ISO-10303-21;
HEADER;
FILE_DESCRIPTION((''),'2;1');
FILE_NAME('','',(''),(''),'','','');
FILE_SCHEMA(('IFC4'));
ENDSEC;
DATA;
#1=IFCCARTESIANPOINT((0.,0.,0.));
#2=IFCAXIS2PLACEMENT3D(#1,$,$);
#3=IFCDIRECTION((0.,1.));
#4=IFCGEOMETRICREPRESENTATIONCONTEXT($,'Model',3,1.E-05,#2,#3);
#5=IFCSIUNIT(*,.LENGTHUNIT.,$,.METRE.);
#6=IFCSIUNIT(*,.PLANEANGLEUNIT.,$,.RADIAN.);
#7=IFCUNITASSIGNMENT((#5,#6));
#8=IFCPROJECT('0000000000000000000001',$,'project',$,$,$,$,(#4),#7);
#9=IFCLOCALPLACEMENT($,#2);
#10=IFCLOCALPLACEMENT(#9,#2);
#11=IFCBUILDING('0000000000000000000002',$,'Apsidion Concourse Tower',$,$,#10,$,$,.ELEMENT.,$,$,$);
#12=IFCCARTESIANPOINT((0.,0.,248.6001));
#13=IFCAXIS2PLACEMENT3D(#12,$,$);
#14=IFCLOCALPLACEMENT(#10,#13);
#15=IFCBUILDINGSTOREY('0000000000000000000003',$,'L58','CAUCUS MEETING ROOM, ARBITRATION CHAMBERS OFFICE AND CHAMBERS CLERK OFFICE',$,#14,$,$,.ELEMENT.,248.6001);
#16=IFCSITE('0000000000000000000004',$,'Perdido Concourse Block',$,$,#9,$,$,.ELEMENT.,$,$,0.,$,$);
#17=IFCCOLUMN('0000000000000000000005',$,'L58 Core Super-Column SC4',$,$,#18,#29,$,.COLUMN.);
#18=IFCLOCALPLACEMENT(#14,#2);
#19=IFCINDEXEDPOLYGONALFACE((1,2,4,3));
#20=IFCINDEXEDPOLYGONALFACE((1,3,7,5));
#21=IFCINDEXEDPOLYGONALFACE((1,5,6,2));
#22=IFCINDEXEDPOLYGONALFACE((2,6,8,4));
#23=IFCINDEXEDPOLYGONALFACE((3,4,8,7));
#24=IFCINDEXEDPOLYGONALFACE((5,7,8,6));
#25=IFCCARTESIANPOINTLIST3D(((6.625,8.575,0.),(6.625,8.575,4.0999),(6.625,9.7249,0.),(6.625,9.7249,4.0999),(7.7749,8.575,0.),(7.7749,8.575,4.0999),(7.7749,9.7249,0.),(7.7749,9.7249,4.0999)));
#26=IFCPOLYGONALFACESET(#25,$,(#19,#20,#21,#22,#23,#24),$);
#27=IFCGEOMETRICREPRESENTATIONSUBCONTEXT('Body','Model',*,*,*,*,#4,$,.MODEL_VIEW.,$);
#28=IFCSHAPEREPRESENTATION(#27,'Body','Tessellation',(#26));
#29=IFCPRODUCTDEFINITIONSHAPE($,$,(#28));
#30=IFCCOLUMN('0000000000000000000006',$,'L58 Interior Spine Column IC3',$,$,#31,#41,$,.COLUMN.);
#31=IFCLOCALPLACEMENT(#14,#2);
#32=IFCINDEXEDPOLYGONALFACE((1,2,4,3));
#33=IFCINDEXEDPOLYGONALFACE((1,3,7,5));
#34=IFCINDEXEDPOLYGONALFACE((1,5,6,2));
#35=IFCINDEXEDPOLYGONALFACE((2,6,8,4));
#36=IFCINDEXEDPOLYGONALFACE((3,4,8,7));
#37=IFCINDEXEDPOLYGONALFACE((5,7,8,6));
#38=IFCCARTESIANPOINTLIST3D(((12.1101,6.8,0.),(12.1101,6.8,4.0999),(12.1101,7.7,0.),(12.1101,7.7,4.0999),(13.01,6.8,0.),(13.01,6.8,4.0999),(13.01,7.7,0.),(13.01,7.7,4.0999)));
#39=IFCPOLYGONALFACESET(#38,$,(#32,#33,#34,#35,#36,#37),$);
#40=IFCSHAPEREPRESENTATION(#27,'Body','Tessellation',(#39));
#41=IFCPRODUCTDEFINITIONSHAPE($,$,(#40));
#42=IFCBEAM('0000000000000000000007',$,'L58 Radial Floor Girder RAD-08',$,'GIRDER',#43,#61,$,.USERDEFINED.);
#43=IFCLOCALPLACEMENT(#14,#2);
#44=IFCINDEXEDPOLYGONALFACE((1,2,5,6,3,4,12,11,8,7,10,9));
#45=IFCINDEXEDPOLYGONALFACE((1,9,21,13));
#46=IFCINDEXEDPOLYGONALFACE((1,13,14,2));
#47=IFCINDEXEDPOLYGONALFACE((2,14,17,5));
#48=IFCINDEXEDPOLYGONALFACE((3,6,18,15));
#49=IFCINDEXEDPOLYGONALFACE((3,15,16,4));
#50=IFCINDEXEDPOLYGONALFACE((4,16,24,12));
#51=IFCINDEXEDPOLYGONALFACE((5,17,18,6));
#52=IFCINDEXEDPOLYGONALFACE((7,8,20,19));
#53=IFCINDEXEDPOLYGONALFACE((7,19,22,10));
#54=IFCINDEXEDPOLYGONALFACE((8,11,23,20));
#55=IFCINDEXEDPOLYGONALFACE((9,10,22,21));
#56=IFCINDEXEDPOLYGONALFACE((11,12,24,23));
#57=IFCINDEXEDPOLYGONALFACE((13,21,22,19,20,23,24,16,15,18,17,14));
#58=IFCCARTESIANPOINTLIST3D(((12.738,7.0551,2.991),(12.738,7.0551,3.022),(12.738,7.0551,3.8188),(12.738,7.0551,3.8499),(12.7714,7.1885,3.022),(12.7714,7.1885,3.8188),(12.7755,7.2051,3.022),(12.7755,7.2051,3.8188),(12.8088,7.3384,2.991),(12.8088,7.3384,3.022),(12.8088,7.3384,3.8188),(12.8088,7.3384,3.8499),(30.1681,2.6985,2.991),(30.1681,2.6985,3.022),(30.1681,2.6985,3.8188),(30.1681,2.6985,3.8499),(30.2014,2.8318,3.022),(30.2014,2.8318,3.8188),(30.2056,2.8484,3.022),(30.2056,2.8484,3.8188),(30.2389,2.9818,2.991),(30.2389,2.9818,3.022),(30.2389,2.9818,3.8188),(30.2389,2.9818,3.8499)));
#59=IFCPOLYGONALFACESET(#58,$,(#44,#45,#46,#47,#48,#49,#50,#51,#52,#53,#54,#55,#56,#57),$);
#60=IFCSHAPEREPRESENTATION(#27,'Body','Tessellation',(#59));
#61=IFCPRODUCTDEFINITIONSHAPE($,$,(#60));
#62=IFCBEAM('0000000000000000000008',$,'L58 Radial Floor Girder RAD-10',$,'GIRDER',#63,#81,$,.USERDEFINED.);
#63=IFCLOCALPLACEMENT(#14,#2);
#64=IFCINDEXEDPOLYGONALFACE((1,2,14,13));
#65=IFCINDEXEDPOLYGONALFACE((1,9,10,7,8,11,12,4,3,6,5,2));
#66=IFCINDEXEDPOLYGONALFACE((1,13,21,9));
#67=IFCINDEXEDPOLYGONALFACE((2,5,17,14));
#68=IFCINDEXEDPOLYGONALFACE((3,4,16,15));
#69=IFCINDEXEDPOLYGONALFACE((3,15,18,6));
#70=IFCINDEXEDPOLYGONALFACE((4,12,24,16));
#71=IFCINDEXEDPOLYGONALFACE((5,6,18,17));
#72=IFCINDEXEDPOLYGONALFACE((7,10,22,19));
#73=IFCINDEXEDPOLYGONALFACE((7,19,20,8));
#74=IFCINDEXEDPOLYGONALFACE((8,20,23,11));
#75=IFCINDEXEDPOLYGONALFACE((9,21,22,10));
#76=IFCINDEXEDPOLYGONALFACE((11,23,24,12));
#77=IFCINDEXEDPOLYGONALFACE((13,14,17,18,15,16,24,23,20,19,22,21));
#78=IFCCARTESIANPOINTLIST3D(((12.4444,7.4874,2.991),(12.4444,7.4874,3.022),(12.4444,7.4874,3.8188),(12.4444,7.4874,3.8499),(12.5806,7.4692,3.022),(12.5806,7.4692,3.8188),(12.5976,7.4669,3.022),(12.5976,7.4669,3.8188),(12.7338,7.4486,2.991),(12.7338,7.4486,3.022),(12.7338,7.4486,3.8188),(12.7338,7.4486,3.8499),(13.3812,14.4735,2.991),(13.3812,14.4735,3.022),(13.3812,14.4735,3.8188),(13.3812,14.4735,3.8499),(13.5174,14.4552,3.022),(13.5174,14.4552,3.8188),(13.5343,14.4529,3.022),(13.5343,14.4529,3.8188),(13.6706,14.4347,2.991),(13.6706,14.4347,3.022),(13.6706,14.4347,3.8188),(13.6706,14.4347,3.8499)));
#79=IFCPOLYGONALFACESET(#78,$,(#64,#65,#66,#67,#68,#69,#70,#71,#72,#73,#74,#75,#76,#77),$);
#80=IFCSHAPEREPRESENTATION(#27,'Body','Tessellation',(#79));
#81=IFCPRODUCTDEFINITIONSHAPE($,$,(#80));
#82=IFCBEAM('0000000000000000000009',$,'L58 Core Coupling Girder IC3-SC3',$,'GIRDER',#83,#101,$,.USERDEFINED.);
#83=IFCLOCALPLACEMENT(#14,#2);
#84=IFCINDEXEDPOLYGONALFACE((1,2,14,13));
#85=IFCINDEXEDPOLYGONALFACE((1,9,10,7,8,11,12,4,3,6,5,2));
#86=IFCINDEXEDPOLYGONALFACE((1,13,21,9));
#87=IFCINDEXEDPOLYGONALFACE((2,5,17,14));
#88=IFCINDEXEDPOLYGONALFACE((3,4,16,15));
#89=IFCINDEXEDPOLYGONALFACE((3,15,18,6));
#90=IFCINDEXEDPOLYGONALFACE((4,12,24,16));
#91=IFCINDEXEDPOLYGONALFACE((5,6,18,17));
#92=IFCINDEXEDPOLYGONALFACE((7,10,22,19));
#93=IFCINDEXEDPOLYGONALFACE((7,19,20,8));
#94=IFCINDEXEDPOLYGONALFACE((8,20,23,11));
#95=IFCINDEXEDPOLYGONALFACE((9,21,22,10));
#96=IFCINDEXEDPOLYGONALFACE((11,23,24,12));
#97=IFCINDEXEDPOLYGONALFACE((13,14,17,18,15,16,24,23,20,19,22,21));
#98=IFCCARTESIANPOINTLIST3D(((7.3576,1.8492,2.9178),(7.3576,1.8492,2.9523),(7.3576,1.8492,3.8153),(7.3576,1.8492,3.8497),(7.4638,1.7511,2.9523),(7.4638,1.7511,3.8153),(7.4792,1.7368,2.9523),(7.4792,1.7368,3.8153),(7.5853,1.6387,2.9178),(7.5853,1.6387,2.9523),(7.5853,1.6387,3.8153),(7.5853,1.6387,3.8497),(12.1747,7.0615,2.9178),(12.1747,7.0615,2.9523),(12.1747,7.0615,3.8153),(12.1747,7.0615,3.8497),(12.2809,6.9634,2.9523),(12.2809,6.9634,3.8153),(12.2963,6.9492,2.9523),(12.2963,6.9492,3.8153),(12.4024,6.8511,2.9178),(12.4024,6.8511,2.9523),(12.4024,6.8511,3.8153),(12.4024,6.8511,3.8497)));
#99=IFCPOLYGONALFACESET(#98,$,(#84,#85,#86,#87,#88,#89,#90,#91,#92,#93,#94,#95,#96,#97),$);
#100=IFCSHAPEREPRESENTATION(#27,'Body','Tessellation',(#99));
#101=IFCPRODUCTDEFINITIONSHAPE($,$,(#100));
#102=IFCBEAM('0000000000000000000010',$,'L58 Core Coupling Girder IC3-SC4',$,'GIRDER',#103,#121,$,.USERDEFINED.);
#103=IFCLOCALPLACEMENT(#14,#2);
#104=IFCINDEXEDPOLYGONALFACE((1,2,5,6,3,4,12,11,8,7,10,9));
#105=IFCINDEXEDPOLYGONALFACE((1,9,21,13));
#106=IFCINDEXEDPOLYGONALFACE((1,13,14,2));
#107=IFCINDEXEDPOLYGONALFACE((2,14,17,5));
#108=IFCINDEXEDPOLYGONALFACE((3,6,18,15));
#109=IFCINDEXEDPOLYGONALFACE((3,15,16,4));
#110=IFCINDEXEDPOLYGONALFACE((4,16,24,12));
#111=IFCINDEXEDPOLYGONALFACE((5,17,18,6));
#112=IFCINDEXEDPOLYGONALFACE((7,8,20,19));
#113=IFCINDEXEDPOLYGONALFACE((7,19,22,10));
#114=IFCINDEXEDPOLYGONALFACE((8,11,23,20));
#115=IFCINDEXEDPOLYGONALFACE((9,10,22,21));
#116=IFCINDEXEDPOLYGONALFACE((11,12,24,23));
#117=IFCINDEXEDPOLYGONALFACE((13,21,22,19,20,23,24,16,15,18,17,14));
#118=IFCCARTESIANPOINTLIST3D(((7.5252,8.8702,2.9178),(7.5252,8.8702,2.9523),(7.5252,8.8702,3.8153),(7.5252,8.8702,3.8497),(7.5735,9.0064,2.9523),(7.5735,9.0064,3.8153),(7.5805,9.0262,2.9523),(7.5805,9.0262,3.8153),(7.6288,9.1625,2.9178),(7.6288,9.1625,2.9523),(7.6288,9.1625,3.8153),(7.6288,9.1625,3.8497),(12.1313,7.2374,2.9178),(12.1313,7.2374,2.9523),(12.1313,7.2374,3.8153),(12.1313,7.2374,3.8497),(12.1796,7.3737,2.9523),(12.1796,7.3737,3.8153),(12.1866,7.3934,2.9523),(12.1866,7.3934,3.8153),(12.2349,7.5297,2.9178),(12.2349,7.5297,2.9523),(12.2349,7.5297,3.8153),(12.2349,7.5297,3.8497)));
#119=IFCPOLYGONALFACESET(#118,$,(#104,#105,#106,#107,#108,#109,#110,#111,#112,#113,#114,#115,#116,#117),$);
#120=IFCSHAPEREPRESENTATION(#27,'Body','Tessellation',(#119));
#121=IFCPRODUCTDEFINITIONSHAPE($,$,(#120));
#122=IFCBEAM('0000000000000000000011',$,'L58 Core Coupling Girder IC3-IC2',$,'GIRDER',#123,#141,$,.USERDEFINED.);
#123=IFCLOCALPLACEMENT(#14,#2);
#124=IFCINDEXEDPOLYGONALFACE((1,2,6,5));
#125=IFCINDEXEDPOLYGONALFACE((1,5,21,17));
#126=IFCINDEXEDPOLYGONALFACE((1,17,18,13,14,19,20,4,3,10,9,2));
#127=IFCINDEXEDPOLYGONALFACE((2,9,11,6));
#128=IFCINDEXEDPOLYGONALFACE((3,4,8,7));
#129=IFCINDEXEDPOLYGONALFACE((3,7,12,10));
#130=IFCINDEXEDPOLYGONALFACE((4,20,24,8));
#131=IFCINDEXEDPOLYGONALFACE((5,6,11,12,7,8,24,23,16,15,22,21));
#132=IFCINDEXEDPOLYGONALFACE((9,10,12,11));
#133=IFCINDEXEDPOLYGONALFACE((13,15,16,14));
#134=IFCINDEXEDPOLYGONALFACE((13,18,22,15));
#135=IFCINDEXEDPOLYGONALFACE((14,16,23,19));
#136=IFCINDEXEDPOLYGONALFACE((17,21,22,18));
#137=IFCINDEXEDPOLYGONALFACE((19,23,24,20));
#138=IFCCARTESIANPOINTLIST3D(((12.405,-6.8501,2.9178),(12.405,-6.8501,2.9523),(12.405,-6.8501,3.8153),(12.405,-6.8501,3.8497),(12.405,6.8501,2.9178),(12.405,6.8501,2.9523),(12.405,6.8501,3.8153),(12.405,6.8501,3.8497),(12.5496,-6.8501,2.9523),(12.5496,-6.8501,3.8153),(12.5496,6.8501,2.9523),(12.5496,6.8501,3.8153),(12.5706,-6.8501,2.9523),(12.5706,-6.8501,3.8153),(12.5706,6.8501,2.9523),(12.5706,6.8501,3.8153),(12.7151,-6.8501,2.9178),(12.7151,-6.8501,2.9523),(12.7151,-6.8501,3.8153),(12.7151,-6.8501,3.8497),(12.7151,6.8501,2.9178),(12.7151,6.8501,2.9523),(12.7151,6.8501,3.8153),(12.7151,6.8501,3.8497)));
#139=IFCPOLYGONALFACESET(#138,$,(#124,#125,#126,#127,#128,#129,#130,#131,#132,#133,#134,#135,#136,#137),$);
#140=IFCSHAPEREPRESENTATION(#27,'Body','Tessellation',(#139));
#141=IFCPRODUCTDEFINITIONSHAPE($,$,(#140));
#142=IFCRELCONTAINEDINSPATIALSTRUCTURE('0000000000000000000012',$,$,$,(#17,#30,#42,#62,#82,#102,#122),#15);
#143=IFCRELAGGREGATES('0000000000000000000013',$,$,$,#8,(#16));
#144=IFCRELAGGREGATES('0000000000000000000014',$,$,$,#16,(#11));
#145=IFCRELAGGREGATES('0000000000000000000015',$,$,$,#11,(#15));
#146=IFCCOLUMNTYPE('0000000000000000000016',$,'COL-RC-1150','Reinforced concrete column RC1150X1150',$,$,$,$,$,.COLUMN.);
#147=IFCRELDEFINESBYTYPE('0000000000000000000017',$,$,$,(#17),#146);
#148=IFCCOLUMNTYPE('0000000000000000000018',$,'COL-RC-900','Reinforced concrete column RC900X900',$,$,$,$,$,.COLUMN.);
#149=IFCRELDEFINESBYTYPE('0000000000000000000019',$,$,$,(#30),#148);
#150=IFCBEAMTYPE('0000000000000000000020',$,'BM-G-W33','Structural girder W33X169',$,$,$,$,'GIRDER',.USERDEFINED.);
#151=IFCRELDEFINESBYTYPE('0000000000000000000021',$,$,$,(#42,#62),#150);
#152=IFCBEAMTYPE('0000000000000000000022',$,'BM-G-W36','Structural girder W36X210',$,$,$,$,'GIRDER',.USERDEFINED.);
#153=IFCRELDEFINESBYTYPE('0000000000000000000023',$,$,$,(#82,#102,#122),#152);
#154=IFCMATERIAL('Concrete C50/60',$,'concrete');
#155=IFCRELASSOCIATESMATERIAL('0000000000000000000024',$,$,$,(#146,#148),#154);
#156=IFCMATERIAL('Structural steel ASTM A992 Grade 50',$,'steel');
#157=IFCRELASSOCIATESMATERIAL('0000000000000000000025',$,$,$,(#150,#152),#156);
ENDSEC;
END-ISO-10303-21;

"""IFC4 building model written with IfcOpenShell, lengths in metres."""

from ifc_helpers import new_model, si_unit, direction, frame, origin, origin_2d, place, context, subcontext, project, spatial, rectangle, i_section, extrude, material, material_profile, profile_set, type_object, element, save


model = new_model("IFC4")

# Units and contexts
model_context = context("Model", 3, precision=1e-05, world=origin(), true_north=direction((0.0, 1.0)))
body_context = subcontext(model_context, "Body", "Model", "MODEL_VIEW")
ifc_project = project(units=[si_unit("LENGTHUNIT", "METRE"), si_unit("PLANEANGLEUNIT", "RADIAN")], contexts=[model_context])

# Site, building, storey
site_placement = place(None, origin())
site = spatial("IfcSite", under=ifc_project, at=site_placement, Name="Perdido Concourse Block", CompositionType="ELEMENT", RefElevation=0.0)
building_placement = place(site_placement, origin())
building = spatial("IfcBuilding", under=site, at=building_placement, Name="Apsidion Concourse Tower", CompositionType="ELEMENT")
storey_placement = place(building_placement, frame((0.0, 0.0, 248.6001)))
storey = spatial("IfcBuildingStorey", under=building, at=storey_placement, Name="L58", Description="CAUCUS MEETING ROOM, ARBITRATION CHAMBERS OFFICE AND CHAMBERS CLERK OFFICE", CompositionType="ELEMENT", Elevation=248.6001)

# Columns
ifc_material_1 = material(Name="Concrete C50/60", Category="concrete")
ifc_material_profile_1 = material_profile(ifc_material_1, rectangle(XDim=1.1499, YDim=1.1499, at=origin_2d()), Name="RC 1150x1150")
ifc_profile_set_1 = profile_set([ifc_material_profile_1], Name="Concrete C50/60")
column_type_1 = type_object("IfcColumnType", Name="COL-RC-1150", Description="Reinforced concrete column RC1150X1150", PredefinedType="COLUMN", material=ifc_profile_set_1)
column_1_placement = place(storey_placement, frame((7.2, 9.1499, 0.0), z_axis=(0.0, 0.0, 1.0), x_axis=(1.0, 0.0, 0.0)))
element("IfcColumn", 1, at=column_1_placement, inside=storey, type_object=column_type_1, Name="L58 Core Super-Column SC4", PredefinedType="COLUMN", context=body_context, shape_type="SweptSolid", body=[
    extrude(rectangle(XDim=1.1499, YDim=1.1499, at=origin_2d()), origin(), (0.0, 0.0, 1.0), 4.0999),
])
ifc_material_profile_2 = material_profile(ifc_material_1, rectangle(XDim=0.8999, YDim=0.8999, at=origin_2d()), Name="RC 900x900")
ifc_profile_set_2 = profile_set([ifc_material_profile_2], Name="Concrete C50/60")
column_type_2 = type_object("IfcColumnType", Name="COL-RC-900", Description="Reinforced concrete column RC900X900", PredefinedType="COLUMN", material=ifc_profile_set_2)
column_2_placement = place(storey_placement, frame((12.5601, 7.25, 0.0), z_axis=(0.0, 0.0, 1.0), x_axis=(1.0, 0.0, 0.0)))
element("IfcColumn", 2, at=column_2_placement, inside=storey, type_object=column_type_2, Name="L58 Interior Spine Column IC3", PredefinedType="COLUMN", context=body_context, shape_type="SweptSolid", body=[
    extrude(rectangle(XDim=0.8999, YDim=0.8999, at=origin_2d()), origin(), (0.0, 0.0, 1.0), 4.0999),
])

# Beams
ifc_material_2 = material(Name="Structural steel ASTM A992 Grade 50", Category="steel")
ifc_material_profile_3 = material_profile(ifc_material_2, i_section(OverallWidth=0.292, OverallDepth=0.8589, WebThickness=0.0171, FlangeThickness=0.031, at=origin_2d()), Name="W33X169")
ifc_profile_set_3 = profile_set([ifc_material_profile_3], Name="Structural steel ASTM A992 Grade 50")
beam_type_1 = type_object("IfcBeamType", Name="BM-G-W33", Description="Structural girder W33X169", ElementType="GIRDER", PredefinedType="USERDEFINED", material=ifc_profile_set_3)
beam_1_placement = place(storey_placement, frame((12.7734, 7.1968, 3.4204), z_axis=(0.970154, -0.242491, 0.0), x_axis=(0.242491, 0.970154, 0.0)))
element("IfcBeam", 3, at=beam_1_placement, inside=storey, type_object=beam_type_1, Name="L58 Radial Floor Girder RAD-08", ObjectType="GIRDER", PredefinedType="USERDEFINED", context=body_context, shape_type="SweptSolid", body=[
    extrude(i_section(OverallWidth=0.292, OverallDepth=0.8589, WebThickness=0.0171, FlangeThickness=0.031, at=origin_2d()), origin(), (0.0, 0.0, 1.0), 17.9663),
])
beam_2_placement = place(storey_placement, frame((12.5891, 7.468, 3.4204), z_axis=(0.132901, 0.991129, 0.0), x_axis=(-0.991129, 0.132901, 0.0)))
element("IfcBeam", 4, at=beam_2_placement, inside=storey, type_object=beam_type_1, Name="L58 Radial Floor Girder RAD-10", ObjectType="GIRDER", PredefinedType="USERDEFINED", context=body_context, shape_type="SweptSolid", body=[
    extrude(i_section(OverallWidth=0.292, OverallDepth=0.8589, WebThickness=0.0171, FlangeThickness=0.031, at=origin_2d()), origin(), (0.0, 0.0, 1.0), 7.0486),
])
ifc_material_profile_4 = material_profile(ifc_material_2, i_section(OverallWidth=0.3101, OverallDepth=0.9319, WebThickness=0.021, FlangeThickness=0.0344, at=origin_2d()), Name="W36X210")
ifc_profile_set_4 = profile_set([ifc_material_profile_4], Name="Structural steel ASTM A992 Grade 50")
beam_type_2 = type_object("IfcBeamType", Name="BM-G-W36", Description="Structural girder W36X210", ElementType="GIRDER", PredefinedType="USERDEFINED", material=ifc_profile_set_4)
beam_3_placement = place(storey_placement, frame((12.2886, 6.9563, 3.3838), z_axis=(-0.678713, -0.734404, 0.0), x_axis=(0.734404, -0.678713, 0.0)))
element("IfcBeam", 5, at=beam_3_placement, inside=storey, type_object=beam_type_2, Name="L58 Core Coupling Girder IC3-SC3", ObjectType="GIRDER", PredefinedType="USERDEFINED", context=body_context, shape_type="SweptSolid", body=[
    extrude(i_section(OverallWidth=0.3101, OverallDepth=0.9319, WebThickness=0.021, FlangeThickness=0.0344, at=origin_2d()), origin(), (0.0, 0.0, 1.0), 7.0974),
])
beam_4_placement = place(storey_placement, frame((12.1831, 7.3835, 3.3838), z_axis=(-0.942534, 0.334111, 0.0), x_axis=(-0.334111, -0.942534, 0.0)))
element("IfcBeam", 6, at=beam_4_placement, inside=storey, type_object=beam_type_2, Name="L58 Core Coupling Girder IC3-SC4", ObjectType="GIRDER", PredefinedType="USERDEFINED", context=body_context, shape_type="SweptSolid", body=[
    extrude(i_section(OverallWidth=0.3101, OverallDepth=0.9319, WebThickness=0.021, FlangeThickness=0.0344, at=origin_2d()), origin(), (0.0, 0.0, 1.0), 4.887),
])
beam_5_placement = place(storey_placement, frame((12.5601, 6.8501, 3.3838), z_axis=(0.0, -1.0, 0.0), x_axis=(1.0, 0.0, 0.0)))
element("IfcBeam", 7, at=beam_5_placement, inside=storey, type_object=beam_type_2, Name="L58 Core Coupling Girder IC3-IC2", ObjectType="GIRDER", PredefinedType="USERDEFINED", context=body_context, shape_type="SweptSolid", body=[
    extrude(i_section(OverallWidth=0.3101, OverallDepth=0.9319, WebThickness=0.021, FlangeThickness=0.0344, at=origin_2d()), origin(), (0.0, 0.0, 1.0), 13.7002),
])

save(model, "model.ifc")
